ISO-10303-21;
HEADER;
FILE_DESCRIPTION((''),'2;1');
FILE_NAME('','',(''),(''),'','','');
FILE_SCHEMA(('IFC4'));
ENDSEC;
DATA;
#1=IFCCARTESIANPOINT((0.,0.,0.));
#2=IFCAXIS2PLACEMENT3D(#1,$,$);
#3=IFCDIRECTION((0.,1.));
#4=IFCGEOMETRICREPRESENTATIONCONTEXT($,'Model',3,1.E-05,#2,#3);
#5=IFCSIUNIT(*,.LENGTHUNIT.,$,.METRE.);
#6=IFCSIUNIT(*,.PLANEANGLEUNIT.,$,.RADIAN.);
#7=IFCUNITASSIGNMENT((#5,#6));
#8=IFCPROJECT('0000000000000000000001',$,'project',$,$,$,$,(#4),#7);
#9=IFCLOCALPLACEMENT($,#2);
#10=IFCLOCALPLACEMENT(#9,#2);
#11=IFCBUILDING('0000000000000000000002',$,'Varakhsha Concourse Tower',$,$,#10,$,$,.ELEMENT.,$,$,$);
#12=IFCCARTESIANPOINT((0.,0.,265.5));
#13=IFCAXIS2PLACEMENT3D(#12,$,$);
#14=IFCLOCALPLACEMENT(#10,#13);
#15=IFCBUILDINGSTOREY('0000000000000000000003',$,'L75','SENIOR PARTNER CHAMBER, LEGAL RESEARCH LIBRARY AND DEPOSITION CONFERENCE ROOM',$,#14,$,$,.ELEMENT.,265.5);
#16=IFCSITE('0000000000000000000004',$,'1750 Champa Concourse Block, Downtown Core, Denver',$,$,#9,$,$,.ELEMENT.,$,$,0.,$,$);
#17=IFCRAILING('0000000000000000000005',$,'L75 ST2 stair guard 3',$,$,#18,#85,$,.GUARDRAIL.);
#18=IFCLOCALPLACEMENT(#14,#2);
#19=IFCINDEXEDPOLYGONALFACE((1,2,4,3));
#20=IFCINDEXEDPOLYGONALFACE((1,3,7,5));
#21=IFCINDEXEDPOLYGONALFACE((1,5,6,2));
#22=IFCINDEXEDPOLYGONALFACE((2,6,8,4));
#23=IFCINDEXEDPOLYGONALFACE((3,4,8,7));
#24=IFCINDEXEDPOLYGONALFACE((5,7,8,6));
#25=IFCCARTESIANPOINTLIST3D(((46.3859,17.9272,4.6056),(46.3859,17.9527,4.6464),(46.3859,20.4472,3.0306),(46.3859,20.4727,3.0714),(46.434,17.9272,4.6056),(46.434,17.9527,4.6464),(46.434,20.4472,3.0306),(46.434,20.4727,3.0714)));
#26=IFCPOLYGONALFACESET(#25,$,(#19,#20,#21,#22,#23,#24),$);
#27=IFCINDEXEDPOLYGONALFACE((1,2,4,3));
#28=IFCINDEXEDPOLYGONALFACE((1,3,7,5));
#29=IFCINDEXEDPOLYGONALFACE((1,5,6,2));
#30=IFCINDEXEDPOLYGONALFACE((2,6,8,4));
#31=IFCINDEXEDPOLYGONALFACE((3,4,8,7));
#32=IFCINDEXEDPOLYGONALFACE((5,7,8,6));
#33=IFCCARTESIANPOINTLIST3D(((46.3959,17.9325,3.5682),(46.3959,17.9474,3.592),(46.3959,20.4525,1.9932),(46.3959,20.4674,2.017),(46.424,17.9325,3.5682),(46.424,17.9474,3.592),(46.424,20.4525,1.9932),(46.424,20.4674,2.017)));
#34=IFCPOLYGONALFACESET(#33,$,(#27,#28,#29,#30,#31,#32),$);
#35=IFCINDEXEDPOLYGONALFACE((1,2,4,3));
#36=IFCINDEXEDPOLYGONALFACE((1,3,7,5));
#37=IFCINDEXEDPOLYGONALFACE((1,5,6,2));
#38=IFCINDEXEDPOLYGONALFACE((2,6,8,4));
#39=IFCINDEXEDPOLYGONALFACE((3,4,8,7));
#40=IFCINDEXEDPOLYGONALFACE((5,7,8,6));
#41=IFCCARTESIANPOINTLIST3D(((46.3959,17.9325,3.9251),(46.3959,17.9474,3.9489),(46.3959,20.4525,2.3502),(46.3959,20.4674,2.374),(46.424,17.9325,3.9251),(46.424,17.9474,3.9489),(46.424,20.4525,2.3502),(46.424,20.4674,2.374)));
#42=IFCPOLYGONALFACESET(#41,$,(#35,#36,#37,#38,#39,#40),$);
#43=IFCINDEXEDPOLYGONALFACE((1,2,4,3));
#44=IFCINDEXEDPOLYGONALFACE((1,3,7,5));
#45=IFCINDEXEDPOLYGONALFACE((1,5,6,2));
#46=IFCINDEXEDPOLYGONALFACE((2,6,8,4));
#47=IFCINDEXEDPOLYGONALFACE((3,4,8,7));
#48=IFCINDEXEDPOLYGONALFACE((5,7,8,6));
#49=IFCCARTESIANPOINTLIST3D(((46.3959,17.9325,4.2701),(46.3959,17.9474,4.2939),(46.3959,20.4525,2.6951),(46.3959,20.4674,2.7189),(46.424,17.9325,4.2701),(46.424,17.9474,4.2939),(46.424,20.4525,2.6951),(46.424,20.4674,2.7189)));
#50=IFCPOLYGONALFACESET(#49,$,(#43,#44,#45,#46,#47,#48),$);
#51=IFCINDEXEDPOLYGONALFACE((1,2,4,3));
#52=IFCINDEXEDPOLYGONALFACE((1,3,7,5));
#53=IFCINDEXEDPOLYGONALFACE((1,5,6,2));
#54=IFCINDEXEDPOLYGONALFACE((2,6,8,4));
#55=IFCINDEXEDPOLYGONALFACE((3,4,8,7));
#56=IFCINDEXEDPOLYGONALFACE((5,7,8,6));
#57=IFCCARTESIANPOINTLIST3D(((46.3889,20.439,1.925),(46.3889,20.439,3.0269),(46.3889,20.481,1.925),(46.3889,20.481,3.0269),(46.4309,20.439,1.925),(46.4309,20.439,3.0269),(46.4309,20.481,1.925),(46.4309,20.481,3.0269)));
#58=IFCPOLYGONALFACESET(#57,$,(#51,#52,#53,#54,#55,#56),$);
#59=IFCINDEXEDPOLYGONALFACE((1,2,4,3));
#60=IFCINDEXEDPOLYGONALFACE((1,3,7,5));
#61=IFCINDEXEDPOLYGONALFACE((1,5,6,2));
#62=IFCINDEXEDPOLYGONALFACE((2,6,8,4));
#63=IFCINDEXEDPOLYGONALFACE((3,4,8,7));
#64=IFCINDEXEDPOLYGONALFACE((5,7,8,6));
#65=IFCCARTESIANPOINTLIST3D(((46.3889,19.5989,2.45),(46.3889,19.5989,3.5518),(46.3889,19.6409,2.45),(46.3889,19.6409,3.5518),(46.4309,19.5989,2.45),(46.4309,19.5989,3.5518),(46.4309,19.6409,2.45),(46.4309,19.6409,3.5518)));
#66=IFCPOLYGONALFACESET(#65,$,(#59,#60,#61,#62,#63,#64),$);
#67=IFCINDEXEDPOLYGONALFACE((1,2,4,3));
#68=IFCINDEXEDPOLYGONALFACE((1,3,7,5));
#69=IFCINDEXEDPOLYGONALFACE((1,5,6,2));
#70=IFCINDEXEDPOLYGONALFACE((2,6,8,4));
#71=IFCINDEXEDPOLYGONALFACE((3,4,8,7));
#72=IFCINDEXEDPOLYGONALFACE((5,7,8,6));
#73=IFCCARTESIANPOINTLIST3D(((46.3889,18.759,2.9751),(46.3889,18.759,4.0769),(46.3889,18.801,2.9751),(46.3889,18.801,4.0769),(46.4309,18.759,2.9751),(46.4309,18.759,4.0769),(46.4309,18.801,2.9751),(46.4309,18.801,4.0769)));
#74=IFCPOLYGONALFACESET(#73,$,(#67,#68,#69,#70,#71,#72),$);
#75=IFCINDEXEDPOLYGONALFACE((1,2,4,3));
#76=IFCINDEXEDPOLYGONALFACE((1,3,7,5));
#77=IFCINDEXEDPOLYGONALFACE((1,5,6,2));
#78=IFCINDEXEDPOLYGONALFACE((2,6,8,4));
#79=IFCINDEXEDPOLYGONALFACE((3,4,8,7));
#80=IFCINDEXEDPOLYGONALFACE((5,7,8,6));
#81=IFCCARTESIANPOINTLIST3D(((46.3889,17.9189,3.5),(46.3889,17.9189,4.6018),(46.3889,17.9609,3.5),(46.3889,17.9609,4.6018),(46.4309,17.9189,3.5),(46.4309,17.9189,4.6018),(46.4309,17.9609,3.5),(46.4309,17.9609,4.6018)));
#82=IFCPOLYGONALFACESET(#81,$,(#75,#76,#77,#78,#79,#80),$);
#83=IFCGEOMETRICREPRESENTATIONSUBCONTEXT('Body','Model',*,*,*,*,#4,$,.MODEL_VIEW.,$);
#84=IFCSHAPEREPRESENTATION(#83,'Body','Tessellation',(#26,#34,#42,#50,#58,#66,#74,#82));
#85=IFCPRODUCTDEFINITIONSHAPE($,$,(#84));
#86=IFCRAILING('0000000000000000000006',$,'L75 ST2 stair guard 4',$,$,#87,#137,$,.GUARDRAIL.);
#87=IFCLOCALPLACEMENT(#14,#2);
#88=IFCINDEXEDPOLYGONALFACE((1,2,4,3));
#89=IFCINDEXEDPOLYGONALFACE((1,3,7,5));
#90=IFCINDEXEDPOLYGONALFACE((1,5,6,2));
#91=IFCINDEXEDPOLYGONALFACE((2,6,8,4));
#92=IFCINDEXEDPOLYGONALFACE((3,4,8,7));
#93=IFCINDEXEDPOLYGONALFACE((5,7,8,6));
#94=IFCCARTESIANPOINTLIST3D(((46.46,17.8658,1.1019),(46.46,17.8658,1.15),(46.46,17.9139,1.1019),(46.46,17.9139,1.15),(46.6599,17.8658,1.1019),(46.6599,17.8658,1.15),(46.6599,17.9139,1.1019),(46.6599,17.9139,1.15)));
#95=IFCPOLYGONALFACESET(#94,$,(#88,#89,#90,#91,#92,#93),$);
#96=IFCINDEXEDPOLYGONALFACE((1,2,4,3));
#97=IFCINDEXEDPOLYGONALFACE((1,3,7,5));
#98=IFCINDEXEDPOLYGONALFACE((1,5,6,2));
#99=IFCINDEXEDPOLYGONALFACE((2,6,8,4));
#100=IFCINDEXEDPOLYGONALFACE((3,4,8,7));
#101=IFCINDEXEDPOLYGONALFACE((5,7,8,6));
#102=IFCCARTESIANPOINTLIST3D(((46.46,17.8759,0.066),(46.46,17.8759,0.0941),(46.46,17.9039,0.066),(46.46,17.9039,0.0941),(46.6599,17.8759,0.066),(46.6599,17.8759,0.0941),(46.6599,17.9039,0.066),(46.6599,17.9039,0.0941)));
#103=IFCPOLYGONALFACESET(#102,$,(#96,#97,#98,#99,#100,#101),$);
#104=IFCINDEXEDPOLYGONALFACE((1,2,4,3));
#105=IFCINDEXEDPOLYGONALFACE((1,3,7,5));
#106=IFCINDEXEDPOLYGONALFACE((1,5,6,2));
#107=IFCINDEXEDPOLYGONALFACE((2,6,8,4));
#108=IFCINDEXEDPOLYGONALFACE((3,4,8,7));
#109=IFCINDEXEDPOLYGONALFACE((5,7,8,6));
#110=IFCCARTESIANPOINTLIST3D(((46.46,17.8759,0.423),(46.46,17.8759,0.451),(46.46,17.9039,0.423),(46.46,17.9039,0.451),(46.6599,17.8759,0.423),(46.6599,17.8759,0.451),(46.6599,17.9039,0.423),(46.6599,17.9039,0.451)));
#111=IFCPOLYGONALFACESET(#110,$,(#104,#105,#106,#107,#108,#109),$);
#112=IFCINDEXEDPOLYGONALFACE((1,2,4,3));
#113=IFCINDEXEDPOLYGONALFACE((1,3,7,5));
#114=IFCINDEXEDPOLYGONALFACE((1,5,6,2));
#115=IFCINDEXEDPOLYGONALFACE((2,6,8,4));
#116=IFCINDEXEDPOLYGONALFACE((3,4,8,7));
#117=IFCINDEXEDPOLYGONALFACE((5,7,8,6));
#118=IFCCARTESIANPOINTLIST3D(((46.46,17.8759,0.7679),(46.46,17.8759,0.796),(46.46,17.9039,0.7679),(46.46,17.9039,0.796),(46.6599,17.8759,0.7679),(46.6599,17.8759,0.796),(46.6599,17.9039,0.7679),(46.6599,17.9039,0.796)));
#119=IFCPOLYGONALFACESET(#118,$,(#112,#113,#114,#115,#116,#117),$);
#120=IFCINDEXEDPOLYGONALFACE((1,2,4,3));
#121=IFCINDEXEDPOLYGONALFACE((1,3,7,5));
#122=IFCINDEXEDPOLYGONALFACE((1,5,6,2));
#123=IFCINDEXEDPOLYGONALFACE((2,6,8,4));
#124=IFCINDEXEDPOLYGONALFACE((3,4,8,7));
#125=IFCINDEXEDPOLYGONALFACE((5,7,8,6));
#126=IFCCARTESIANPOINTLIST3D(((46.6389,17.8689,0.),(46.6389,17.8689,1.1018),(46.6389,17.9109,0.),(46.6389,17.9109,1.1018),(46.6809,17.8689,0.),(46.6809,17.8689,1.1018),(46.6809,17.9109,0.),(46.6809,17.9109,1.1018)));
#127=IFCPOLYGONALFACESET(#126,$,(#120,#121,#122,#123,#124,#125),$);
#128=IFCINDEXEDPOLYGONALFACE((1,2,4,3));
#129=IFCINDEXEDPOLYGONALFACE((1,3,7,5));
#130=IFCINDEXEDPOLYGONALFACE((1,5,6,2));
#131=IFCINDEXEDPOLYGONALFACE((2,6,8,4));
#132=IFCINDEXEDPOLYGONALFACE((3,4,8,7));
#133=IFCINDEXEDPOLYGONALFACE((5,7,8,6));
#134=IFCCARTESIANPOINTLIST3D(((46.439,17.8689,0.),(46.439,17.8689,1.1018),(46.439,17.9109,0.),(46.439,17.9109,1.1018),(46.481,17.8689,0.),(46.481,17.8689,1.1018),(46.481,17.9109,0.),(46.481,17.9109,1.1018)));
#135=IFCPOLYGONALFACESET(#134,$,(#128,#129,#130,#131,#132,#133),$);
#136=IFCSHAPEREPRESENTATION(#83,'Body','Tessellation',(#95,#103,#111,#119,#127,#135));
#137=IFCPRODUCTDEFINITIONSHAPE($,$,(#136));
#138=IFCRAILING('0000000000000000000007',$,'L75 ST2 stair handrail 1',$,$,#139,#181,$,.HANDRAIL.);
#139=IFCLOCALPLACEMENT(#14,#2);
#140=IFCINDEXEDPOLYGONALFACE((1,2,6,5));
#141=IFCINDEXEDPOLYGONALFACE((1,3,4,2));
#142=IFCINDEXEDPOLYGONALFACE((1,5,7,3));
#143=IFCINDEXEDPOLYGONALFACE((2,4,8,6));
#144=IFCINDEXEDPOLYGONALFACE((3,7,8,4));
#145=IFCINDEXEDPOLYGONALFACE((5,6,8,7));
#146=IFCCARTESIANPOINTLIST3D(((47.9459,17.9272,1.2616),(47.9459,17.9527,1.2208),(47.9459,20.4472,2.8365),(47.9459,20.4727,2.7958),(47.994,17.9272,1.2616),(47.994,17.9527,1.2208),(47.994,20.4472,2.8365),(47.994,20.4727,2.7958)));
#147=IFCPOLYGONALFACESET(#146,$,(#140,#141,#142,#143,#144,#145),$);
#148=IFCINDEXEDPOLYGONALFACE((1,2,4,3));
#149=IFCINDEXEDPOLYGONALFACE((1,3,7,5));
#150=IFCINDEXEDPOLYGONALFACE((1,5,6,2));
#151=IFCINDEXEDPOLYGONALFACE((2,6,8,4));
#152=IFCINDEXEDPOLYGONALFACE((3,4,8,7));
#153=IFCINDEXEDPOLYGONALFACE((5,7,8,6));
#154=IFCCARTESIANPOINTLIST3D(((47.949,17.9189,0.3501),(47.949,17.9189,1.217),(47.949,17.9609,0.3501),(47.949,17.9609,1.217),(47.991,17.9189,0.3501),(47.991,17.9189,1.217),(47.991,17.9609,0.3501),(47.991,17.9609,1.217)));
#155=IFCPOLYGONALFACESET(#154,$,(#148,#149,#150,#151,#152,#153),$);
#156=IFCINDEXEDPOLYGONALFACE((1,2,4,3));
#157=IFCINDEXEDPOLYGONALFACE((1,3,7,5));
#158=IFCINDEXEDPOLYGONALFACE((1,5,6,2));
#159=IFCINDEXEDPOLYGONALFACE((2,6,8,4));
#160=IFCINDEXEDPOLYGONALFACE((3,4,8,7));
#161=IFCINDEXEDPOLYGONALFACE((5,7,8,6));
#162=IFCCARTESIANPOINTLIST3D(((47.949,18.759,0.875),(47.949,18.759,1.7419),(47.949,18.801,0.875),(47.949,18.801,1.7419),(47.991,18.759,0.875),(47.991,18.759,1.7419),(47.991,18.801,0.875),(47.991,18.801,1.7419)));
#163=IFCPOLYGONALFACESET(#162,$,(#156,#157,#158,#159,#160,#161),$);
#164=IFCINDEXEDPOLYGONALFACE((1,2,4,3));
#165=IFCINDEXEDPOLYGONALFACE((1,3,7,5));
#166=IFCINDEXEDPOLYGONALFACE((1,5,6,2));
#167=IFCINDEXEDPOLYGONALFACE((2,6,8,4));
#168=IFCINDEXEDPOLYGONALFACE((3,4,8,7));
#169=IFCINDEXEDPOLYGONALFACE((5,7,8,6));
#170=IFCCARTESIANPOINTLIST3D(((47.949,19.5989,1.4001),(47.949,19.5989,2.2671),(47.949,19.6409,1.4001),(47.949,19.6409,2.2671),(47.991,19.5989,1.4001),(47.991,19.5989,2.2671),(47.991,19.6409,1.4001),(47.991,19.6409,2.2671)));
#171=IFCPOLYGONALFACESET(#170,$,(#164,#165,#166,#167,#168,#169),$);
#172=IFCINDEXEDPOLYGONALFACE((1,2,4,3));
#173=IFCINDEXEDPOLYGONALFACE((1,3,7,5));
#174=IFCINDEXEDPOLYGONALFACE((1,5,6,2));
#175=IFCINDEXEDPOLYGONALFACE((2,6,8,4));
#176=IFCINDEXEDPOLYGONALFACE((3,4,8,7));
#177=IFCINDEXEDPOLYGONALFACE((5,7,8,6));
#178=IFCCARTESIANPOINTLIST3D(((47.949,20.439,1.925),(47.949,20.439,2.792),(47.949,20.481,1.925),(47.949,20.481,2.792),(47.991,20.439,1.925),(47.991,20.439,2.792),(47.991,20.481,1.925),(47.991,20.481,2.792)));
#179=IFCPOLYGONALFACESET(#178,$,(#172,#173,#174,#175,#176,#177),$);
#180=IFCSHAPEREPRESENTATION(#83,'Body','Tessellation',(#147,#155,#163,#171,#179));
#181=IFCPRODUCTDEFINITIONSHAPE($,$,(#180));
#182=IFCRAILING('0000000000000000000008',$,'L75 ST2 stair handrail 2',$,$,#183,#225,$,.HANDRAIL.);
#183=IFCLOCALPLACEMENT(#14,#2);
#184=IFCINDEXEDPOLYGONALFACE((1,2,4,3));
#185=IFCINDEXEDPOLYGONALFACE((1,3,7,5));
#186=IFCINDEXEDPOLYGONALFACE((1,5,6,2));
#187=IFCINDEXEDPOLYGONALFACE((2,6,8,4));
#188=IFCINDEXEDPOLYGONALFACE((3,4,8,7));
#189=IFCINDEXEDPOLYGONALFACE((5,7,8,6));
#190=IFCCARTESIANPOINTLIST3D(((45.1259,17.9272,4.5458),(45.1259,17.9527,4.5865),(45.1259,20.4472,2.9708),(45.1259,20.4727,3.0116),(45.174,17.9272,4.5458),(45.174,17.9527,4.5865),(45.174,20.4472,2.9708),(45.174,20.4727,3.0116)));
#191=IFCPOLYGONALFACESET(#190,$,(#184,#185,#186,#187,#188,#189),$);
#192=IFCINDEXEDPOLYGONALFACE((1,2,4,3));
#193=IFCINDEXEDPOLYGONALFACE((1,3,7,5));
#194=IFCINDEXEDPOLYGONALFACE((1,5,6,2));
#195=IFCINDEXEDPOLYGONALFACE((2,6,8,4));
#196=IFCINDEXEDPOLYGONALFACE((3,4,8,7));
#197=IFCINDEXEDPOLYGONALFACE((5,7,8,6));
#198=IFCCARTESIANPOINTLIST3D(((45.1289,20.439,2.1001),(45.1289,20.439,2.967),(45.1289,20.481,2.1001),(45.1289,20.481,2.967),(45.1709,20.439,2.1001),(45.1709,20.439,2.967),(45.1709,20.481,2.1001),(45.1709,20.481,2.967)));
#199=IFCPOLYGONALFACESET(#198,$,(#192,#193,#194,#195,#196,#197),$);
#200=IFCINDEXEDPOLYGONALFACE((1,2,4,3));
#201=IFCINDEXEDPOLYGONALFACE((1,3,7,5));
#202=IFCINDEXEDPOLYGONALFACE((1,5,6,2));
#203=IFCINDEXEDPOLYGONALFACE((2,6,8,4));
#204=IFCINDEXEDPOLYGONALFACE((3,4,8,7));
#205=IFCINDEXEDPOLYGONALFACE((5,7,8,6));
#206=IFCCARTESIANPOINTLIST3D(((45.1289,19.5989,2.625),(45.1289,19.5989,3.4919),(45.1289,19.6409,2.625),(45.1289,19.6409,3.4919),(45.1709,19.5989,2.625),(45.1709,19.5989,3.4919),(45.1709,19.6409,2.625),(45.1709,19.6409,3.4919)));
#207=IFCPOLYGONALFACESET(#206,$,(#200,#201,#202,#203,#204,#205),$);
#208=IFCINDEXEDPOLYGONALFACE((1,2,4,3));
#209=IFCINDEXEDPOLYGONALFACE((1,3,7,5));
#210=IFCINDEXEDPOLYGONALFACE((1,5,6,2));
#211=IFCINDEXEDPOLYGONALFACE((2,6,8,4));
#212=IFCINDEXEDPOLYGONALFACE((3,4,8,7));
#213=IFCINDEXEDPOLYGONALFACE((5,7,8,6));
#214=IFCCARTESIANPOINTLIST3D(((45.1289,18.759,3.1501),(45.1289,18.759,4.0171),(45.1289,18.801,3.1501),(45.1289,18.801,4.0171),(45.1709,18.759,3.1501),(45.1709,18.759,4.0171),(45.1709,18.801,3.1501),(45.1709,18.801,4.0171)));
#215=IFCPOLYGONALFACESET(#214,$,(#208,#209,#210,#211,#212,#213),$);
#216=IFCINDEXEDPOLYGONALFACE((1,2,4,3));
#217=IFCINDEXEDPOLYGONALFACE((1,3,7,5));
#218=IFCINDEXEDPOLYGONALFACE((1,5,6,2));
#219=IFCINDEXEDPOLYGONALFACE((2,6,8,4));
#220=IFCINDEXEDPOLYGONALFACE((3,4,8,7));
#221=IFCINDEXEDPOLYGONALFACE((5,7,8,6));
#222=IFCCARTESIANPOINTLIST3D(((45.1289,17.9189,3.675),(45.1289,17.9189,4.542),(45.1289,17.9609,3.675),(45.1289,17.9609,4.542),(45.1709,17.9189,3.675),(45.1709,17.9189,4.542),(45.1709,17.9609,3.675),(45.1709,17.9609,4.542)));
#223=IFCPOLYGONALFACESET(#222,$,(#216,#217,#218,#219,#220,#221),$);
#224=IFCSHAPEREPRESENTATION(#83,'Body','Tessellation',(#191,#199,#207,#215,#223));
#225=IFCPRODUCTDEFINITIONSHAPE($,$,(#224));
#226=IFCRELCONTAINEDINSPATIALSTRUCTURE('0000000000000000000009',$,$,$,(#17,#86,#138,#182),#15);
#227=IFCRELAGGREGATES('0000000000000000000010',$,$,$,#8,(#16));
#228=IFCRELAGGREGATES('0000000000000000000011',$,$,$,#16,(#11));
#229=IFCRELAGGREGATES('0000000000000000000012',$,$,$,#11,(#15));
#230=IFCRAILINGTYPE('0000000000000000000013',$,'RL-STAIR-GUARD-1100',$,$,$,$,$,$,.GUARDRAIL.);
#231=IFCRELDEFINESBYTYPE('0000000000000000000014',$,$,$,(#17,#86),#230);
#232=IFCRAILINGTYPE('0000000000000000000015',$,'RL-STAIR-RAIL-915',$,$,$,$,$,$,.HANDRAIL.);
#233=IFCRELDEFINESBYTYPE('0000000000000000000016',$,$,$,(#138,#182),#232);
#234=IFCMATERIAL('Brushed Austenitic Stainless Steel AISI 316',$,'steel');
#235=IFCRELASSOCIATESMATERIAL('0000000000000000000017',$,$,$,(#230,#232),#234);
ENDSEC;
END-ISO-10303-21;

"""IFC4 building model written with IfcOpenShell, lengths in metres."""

from ifc_helpers import new_model, si_unit, direction, frame, origin, origin_2d, place, context, subcontext, project, spatial, rectangle, extrude, material, type_object, element, save


model = new_model("IFC4")

# Units and contexts
model_context = context("Model", 3, precision=1e-05, world=origin(), true_north=direction((0.0, 1.0)))
body_context = subcontext(model_context, "Body", "Model", "MODEL_VIEW")
ifc_project = project(units=[si_unit("LENGTHUNIT", "METRE"), si_unit("PLANEANGLEUNIT", "RADIAN")], contexts=[model_context])

# Site, building, storey
site_placement = place(None, origin())
site = spatial("IfcSite", under=ifc_project, at=site_placement, Name="1750 Champa Concourse Block, Downtown Core, Denver", CompositionType="ELEMENT", RefElevation=0.0)
building_placement = place(site_placement, origin())
building = spatial("IfcBuilding", under=site, at=building_placement, Name="Varakhsha Concourse Tower", CompositionType="ELEMENT")
storey_placement = place(building_placement, frame((0.0, 0.0, 265.5)))
storey = spatial("IfcBuildingStorey", under=building, at=storey_placement, Name="L75", Description="SENIOR PARTNER CHAMBER, LEGAL RESEARCH LIBRARY AND DEPOSITION CONFERENCE ROOM", CompositionType="ELEMENT", Elevation=265.5)

# Railings
ifc_material_1 = material(Name="Brushed Austenitic Stainless Steel AISI 316", Category="steel")
railing_type_1 = type_object("IfcRailingType", Name="RL-STAIR-GUARD-1100", PredefinedType="GUARDRAIL", material=ifc_material_1)
railing_1_placement = place(storey_placement, frame((46.4099, 20.46, 1.925)))
element("IfcRailing", 1, at=railing_1_placement, inside=storey, type_object=railing_type_1, Name="L75 ST2 stair guard 3", PredefinedType="GUARDRAIL", context=body_context, shape_type="SweptSolid", body=[
    extrude(rectangle(XDim=0.0481, YDim=0.0481, at=origin_2d()), frame((0.0, 0.0, 1.126), z_axis=(0.0, -0.848008, 0.529984), x_axis=(1.0, 0.0, 0.0)), (0.0, 0.0, 1.0), 2.9717),
    extrude(rectangle(XDim=0.0281, YDim=0.0281, at=origin_2d()), frame((0.0, 0.0, 0.0801), z_axis=(0.0, -0.848008, 0.529984), x_axis=(1.0, 0.0, 0.0)), (0.0, 0.0, 1.0), 2.9717),
    extrude(rectangle(XDim=0.0281, YDim=0.0281, at=origin_2d()), frame((0.0, 0.0, 0.437), z_axis=(0.0, -0.848008, 0.529984), x_axis=(1.0, 0.0, 0.0)), (0.0, 0.0, 1.0), 2.9717),
    extrude(rectangle(XDim=0.0281, YDim=0.0281, at=origin_2d()), frame((0.0, 0.0, 0.782), z_axis=(0.0, -0.848008, 0.529984), x_axis=(1.0, 0.0, 0.0)), (0.0, 0.0, 1.0), 2.9717),
    extrude(rectangle(XDim=0.042, YDim=0.042, at=origin_2d()), origin(), (0.0, 0.0, 1.0), 1.1018),
    extrude(rectangle(XDim=0.042, YDim=0.042, at=origin_2d()), frame((0.0, -0.8401, 0.5249)), (0.0, 0.0, 1.0), 1.1018),
    extrude(rectangle(XDim=0.042, YDim=0.042, at=origin_2d()), frame((0.0, -1.6799, 1.05)), (0.0, 0.0, 1.0), 1.1018),
    extrude(rectangle(XDim=0.042, YDim=0.042, at=origin_2d()), frame((0.0, -2.52, 1.575)), (0.0, 0.0, 1.0), 1.1018),
])
railing_2_placement = place(storey_placement, frame((46.6599, 17.8899, 0.0)))
element("IfcRailing", 2, at=railing_2_placement, inside=storey, type_object=railing_type_1, Name="L75 ST2 stair guard 4", PredefinedType="GUARDRAIL", context=body_context, shape_type="SweptSolid", body=[
    extrude(rectangle(XDim=0.0481, YDim=0.0481, at=origin_2d()), frame((0.0, 0.0, 1.126), z_axis=(-1.0, 0.0, 0.0), x_axis=(0.0, -1.0, 0.0)), (0.0, 0.0, 1.0), 0.2),
    extrude(rectangle(XDim=0.0281, YDim=0.0281, at=origin_2d()), frame((0.0, 0.0, 0.0801), z_axis=(-1.0, 0.0, 0.0), x_axis=(0.0, -1.0, 0.0)), (0.0, 0.0, 1.0), 0.2),
    extrude(rectangle(XDim=0.0281, YDim=0.0281, at=origin_2d()), frame((0.0, 0.0, 0.437), z_axis=(-1.0, 0.0, 0.0), x_axis=(0.0, -1.0, 0.0)), (0.0, 0.0, 1.0), 0.2),
    extrude(rectangle(XDim=0.0281, YDim=0.0281, at=origin_2d()), frame((0.0, 0.0, 0.782), z_axis=(-1.0, 0.0, 0.0), x_axis=(0.0, -1.0, 0.0)), (0.0, 0.0, 1.0), 0.2),
    extrude(rectangle(XDim=0.042, YDim=0.042, at=origin_2d()), origin(), (0.0, 0.0, 1.0), 1.1018),
    extrude(rectangle(XDim=0.042, YDim=0.042, at=origin_2d()), frame((-0.2, 0.0, 0.0)), (0.0, 0.0, 1.0), 1.1018),
])
railing_type_2 = type_object("IfcRailingType", Name="RL-STAIR-RAIL-915", PredefinedType="HANDRAIL", material=ifc_material_1)
railing_3_placement = place(storey_placement, frame((47.97, 17.9399, 0.3501)))
element("IfcRailing", 3, at=railing_3_placement, inside=storey, type_object=railing_type_2, Name="L75 ST2 stair handrail 1", PredefinedType="HANDRAIL", context=body_context, shape_type="SweptSolid", body=[
    extrude(rectangle(XDim=0.0481, YDim=0.0481, at=origin_2d()), frame((0.0, 0.0, 0.8911), z_axis=(0.0, 0.848008, 0.529984), x_axis=(-1.0, 0.0, 0.0)), (0.0, 0.0, 1.0), 2.9717),
    extrude(rectangle(XDim=0.042, YDim=0.042, at=origin_2d()), origin(), (0.0, 0.0, 1.0), 0.8669),
    extrude(rectangle(XDim=0.042, YDim=0.042, at=origin_2d()), frame((0.0, 0.8401, 0.5249)), (0.0, 0.0, 1.0), 0.8669),
    extrude(rectangle(XDim=0.042, YDim=0.042, at=origin_2d()), frame((0.0, 1.6799, 1.05)), (0.0, 0.0, 1.0), 0.8669),
    extrude(rectangle(XDim=0.042, YDim=0.042, at=origin_2d()), frame((0.0, 2.52, 1.575)), (0.0, 0.0, 1.0), 0.8669),
])
railing_4_placement = place(storey_placement, frame((45.1499, 20.46, 2.1001)))
element("IfcRailing", 4, at=railing_4_placement, inside=storey, type_object=railing_type_2, Name="L75 ST2 stair handrail 2", PredefinedType="HANDRAIL", context=body_context, shape_type="SweptSolid", body=[
    extrude(rectangle(XDim=0.0481, YDim=0.0481, at=origin_2d()), frame((0.0, 0.0, 0.8911), z_axis=(0.0, -0.848008, 0.529984), x_axis=(1.0, 0.0, 0.0)), (0.0, 0.0, 1.0), 2.9717),
    extrude(rectangle(XDim=0.042, YDim=0.042, at=origin_2d()), origin(), (0.0, 0.0, 1.0), 0.8669),
    extrude(rectangle(XDim=0.042, YDim=0.042, at=origin_2d()), frame((0.0, -0.8401, 0.5249)), (0.0, 0.0, 1.0), 0.8669),
    extrude(rectangle(XDim=0.042, YDim=0.042, at=origin_2d()), frame((0.0, -1.6799, 1.05)), (0.0, 0.0, 1.0), 0.8669),
    extrude(rectangle(XDim=0.042, YDim=0.042, at=origin_2d()), frame((0.0, -2.52, 1.575)), (0.0, 0.0, 1.0), 0.8669),
])

save(model, "model.ifc")
